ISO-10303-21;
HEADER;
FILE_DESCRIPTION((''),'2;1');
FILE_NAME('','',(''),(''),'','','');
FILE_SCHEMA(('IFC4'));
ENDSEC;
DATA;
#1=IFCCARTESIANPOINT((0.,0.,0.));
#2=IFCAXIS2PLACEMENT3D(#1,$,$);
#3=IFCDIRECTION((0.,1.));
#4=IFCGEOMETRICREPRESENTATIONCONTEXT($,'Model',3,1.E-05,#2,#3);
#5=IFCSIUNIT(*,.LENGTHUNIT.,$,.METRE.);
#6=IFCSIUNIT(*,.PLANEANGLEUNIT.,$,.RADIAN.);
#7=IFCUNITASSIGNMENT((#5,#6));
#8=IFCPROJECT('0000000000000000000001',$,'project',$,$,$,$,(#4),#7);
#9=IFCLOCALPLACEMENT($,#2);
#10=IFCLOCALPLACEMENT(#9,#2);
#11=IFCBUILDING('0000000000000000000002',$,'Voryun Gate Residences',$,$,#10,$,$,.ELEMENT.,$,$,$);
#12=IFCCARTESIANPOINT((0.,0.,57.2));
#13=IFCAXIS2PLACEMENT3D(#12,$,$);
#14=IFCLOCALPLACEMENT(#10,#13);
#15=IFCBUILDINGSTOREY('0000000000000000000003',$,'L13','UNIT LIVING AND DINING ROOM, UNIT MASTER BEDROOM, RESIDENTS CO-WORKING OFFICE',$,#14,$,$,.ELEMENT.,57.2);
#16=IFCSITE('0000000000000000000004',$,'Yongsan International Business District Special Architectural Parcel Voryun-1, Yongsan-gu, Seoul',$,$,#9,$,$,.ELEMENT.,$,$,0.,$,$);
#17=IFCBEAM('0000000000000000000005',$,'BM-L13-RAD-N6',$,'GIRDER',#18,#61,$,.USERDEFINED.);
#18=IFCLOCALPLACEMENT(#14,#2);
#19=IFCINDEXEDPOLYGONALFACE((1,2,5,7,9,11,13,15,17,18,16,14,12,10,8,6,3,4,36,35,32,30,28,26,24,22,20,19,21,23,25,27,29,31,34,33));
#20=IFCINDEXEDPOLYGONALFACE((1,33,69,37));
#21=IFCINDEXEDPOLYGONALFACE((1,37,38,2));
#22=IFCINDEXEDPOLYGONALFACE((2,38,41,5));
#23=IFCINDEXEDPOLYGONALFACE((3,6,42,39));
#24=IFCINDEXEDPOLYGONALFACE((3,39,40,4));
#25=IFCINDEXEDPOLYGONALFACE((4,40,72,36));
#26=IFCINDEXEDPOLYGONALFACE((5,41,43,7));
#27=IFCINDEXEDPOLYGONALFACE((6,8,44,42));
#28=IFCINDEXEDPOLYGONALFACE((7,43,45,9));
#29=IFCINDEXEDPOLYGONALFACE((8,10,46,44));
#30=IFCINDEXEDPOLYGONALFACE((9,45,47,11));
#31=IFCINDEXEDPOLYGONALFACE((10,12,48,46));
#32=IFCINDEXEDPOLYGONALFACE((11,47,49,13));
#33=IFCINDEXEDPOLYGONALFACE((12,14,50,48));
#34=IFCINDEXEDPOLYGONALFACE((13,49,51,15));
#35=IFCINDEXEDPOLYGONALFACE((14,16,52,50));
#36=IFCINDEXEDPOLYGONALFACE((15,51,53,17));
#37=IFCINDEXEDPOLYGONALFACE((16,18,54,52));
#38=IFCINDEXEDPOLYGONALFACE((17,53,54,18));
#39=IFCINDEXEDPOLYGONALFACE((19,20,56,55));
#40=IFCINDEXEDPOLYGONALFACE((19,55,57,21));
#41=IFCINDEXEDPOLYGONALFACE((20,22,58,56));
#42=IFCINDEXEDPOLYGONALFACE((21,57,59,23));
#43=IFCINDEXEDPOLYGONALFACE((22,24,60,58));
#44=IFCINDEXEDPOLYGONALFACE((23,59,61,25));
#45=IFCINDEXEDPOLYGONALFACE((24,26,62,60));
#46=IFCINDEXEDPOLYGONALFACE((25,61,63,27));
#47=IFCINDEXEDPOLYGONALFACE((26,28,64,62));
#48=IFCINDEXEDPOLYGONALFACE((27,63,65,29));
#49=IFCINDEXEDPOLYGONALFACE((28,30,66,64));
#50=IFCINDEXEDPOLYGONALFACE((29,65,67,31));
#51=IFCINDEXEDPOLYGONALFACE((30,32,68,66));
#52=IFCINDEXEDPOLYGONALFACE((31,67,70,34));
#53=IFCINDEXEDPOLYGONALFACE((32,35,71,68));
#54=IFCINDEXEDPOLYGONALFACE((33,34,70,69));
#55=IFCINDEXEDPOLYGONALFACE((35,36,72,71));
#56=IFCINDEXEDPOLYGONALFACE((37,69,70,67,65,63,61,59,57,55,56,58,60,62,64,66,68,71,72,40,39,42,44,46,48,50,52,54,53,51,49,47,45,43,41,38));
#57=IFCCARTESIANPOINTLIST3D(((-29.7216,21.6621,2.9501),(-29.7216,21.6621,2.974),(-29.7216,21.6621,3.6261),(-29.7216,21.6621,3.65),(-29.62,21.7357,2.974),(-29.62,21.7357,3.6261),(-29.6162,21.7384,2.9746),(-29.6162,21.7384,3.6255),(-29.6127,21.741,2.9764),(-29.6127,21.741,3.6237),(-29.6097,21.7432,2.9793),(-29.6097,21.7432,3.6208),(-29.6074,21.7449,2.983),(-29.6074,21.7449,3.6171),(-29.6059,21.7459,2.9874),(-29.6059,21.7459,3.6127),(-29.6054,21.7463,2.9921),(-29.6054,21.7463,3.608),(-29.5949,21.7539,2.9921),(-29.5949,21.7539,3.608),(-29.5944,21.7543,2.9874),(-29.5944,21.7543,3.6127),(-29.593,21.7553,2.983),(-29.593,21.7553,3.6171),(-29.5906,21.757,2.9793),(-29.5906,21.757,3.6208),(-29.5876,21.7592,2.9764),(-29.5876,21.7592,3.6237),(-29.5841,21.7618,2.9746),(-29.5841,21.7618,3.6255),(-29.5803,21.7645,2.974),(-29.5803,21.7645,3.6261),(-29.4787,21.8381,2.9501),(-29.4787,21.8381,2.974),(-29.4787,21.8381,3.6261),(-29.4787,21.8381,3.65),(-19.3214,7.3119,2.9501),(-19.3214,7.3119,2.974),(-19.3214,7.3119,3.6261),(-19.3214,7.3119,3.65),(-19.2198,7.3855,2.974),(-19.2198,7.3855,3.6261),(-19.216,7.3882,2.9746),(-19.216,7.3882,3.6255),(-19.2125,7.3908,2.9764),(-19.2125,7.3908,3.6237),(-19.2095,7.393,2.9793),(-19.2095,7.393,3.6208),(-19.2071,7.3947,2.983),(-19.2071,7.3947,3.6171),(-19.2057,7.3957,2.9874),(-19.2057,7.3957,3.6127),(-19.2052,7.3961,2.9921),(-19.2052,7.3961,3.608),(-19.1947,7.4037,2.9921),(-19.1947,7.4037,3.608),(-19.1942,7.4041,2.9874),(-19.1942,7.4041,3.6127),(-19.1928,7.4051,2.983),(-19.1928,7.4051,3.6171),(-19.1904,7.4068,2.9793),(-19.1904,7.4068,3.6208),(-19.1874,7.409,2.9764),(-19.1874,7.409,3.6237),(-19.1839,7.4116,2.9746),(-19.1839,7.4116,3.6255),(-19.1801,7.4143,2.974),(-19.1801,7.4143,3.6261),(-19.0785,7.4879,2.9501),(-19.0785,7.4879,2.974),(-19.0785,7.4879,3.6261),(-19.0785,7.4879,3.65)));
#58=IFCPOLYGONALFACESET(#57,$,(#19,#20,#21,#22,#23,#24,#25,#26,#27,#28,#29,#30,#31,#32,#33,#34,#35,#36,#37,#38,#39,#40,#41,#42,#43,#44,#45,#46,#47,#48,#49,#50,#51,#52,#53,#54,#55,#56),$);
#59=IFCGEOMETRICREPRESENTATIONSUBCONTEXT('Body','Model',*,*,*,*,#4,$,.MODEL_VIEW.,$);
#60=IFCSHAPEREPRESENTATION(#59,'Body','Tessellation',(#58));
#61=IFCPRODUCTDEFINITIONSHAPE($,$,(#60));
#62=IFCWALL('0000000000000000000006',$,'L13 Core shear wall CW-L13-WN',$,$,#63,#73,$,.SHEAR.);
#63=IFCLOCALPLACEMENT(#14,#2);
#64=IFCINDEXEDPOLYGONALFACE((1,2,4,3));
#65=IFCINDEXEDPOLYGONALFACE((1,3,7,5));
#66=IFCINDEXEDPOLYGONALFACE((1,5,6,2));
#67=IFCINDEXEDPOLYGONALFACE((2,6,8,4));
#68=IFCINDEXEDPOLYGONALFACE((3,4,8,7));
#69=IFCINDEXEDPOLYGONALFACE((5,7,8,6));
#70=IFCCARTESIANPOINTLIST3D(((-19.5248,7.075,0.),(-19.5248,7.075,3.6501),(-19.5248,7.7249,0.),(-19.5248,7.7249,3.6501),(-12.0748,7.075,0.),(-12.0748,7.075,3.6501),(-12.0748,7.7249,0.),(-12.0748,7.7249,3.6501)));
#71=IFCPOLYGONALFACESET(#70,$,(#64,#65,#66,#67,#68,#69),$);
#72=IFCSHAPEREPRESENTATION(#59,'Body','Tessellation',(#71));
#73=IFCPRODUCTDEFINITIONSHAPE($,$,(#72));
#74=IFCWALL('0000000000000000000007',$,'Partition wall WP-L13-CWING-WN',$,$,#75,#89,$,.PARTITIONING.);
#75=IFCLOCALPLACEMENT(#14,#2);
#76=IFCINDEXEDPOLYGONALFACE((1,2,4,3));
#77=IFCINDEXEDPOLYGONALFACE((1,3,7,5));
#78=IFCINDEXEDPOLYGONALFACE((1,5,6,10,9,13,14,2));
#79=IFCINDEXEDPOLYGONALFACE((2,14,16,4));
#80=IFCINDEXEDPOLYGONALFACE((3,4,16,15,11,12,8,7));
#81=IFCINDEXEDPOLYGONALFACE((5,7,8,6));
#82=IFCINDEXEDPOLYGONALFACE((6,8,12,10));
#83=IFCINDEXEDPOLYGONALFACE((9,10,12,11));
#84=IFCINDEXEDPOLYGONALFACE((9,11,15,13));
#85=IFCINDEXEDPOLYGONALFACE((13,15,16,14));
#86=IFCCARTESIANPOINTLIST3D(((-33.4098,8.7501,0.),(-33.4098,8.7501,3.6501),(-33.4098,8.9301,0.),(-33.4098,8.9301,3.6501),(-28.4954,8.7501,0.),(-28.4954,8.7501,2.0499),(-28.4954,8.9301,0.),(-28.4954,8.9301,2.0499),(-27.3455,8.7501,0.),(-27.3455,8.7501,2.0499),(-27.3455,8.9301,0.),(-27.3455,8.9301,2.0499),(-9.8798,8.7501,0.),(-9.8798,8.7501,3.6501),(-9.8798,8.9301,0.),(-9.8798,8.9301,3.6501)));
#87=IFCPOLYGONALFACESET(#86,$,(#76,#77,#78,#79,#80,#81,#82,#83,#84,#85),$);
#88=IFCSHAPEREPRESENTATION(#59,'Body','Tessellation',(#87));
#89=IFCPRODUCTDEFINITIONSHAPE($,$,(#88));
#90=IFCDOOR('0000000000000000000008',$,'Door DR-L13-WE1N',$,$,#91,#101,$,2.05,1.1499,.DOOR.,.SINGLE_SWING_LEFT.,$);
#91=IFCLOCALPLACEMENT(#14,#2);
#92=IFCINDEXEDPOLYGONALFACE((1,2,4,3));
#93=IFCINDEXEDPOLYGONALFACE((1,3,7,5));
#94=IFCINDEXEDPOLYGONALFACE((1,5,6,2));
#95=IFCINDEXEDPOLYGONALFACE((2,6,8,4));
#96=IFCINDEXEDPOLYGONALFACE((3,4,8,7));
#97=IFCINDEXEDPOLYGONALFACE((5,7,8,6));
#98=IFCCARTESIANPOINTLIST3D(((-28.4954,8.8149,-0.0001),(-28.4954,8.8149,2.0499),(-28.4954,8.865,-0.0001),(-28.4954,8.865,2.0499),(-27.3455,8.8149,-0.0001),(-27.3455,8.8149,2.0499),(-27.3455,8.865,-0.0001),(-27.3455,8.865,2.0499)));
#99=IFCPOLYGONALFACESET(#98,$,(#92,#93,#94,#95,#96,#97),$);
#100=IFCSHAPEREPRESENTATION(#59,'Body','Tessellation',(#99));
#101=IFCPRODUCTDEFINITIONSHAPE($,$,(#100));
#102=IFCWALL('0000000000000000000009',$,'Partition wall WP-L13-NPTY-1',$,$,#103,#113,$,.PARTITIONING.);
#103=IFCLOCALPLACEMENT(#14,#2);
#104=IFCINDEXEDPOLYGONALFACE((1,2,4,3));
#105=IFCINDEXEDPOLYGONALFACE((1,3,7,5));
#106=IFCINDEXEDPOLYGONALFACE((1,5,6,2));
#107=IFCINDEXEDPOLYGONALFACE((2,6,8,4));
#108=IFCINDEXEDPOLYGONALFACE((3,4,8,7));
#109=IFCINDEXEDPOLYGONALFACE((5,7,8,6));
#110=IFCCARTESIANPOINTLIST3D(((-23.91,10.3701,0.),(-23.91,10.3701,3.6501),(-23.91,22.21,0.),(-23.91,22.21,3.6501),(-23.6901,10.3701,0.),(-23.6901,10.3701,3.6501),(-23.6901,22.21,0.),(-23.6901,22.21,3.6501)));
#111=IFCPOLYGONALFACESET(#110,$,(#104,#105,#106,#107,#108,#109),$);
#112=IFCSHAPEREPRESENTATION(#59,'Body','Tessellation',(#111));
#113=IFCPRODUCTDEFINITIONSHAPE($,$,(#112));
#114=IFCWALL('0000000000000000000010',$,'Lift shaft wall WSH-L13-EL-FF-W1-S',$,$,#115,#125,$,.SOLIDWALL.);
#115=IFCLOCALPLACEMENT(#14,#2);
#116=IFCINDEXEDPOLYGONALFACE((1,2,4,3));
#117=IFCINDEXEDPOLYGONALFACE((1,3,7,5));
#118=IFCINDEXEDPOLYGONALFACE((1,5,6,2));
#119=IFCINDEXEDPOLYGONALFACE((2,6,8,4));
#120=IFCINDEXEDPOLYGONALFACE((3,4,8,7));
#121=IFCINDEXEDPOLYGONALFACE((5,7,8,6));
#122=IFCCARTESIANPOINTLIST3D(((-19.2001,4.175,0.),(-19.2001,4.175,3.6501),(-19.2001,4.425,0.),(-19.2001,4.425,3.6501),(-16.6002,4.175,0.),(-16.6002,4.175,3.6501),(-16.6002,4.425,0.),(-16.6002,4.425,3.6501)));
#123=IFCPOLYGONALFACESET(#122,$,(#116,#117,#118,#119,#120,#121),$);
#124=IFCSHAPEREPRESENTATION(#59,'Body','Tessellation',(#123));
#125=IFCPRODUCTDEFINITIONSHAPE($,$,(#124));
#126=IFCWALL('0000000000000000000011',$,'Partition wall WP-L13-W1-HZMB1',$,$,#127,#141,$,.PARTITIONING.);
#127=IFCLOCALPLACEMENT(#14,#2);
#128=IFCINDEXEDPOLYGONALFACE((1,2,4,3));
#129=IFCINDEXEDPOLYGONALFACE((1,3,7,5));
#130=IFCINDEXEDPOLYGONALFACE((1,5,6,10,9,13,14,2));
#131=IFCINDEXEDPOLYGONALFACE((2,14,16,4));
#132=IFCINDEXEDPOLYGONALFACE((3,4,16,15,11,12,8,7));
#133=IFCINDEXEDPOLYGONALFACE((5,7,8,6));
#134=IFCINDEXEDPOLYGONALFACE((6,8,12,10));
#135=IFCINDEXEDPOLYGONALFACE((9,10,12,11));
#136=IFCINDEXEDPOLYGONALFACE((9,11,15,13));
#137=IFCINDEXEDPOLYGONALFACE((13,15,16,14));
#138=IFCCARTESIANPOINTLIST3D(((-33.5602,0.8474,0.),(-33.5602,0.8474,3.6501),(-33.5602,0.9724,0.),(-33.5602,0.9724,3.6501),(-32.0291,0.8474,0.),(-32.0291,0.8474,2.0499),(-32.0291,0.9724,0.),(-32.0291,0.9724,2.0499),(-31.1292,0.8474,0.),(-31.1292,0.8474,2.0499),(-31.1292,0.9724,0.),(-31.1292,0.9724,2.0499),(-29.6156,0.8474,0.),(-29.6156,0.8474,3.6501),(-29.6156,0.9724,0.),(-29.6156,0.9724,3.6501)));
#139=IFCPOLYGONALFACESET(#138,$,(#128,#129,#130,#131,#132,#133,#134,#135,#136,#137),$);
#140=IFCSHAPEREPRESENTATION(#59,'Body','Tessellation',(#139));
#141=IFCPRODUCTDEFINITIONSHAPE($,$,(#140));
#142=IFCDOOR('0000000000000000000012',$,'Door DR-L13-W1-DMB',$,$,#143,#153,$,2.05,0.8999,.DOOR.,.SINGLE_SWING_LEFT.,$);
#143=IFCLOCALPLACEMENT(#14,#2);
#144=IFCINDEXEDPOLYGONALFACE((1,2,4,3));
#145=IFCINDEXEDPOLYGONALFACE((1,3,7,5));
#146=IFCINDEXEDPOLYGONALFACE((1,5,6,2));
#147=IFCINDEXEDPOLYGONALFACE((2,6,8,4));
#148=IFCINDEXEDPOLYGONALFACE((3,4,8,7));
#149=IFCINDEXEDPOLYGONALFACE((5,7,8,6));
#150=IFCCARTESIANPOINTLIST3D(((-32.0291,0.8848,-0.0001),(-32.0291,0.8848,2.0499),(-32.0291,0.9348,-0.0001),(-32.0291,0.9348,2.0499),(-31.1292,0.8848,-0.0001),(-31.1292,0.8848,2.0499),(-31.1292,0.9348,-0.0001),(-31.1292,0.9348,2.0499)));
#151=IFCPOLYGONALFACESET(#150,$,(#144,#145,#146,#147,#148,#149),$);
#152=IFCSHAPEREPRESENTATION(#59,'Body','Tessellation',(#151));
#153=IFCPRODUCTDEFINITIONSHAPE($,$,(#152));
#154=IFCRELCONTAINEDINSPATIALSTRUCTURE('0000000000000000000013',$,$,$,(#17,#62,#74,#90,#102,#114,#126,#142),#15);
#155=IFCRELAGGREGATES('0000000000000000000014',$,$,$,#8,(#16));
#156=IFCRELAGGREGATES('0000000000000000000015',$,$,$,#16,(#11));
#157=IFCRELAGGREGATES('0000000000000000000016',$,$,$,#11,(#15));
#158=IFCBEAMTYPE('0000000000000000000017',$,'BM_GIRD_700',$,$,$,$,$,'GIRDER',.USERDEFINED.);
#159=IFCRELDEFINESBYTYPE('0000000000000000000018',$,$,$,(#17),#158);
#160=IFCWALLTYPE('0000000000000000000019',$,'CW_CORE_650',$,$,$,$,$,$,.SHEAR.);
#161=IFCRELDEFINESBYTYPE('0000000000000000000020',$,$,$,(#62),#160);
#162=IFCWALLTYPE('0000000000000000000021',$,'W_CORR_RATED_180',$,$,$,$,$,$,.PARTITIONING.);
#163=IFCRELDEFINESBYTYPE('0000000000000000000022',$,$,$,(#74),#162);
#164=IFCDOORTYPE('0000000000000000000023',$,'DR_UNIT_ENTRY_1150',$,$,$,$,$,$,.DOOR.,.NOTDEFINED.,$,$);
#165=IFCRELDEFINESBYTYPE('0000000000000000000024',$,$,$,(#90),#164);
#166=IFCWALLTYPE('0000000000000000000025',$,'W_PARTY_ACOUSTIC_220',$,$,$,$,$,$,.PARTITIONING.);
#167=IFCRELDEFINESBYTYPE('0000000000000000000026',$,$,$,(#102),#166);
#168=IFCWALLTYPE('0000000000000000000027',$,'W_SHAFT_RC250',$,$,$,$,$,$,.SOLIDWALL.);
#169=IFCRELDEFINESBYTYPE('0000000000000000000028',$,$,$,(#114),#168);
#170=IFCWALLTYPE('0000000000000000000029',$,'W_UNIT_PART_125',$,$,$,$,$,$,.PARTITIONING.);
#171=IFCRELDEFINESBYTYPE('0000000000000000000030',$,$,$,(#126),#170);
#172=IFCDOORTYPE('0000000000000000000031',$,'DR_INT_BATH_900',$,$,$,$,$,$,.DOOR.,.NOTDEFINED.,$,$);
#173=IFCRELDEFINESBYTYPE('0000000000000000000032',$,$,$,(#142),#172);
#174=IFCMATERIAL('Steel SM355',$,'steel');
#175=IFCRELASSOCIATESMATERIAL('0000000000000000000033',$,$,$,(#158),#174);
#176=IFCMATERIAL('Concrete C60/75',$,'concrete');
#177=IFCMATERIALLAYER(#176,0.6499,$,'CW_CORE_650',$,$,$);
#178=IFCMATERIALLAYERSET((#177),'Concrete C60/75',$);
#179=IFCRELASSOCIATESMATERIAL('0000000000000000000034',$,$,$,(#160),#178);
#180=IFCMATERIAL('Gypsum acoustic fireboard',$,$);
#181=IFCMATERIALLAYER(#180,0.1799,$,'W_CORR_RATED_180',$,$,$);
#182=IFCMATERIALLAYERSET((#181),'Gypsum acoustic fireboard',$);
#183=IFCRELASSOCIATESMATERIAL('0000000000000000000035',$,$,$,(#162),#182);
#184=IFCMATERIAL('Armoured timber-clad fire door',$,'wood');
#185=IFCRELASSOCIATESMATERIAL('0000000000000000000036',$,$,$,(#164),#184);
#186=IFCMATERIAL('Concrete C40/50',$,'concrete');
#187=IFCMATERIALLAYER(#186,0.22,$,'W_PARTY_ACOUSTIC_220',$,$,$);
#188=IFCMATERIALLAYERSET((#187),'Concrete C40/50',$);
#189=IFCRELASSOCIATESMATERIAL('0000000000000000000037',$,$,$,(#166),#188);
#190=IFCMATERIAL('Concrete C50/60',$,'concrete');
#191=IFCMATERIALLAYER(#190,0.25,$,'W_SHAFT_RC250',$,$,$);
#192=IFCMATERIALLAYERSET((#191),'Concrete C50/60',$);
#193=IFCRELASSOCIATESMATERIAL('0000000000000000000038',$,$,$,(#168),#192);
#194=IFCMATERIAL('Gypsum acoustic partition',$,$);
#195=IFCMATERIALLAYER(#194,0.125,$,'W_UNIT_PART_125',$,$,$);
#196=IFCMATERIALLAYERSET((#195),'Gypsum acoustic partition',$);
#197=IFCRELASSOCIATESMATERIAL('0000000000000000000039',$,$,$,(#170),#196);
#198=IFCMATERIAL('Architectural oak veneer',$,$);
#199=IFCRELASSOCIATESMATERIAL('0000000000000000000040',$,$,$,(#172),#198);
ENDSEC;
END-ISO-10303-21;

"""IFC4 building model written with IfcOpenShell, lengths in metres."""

from ifc_helpers import new_model, si_unit, direction, frame, frame_2d, origin, origin_2d, place, context, subcontext, project, spatial, rectangle, i_section, extrude, material, layer, layer_set, material_profile, profile_set, type_object, element, fill, save


model = new_model("IFC4")

# Units and contexts
model_context = context("Model", 3, precision=1e-05, world=origin(), true_north=direction((0.0, 1.0)))
body_context = subcontext(model_context, "Body", "Model", "MODEL_VIEW")
ifc_project = project(units=[si_unit("LENGTHUNIT", "METRE"), si_unit("PLANEANGLEUNIT", "RADIAN")], contexts=[model_context])

# Site, building, storey
site_placement = place(None, origin())
site = spatial("IfcSite", under=ifc_project, at=site_placement, Name="Yongsan International Business District Special Architectural Parcel Voryun-1, Yongsan-gu, Seoul", CompositionType="ELEMENT", RefElevation=0.0)
building_placement = place(site_placement, origin())
building = spatial("IfcBuilding", under=site, at=building_placement, Name="Voryun Gate Residences", CompositionType="ELEMENT")
storey_placement = place(building_placement, frame((0.0, 0.0, 57.2)))
storey = spatial("IfcBuildingStorey", under=building, at=storey_placement, Name="L13", Description="UNIT LIVING AND DINING ROOM, UNIT MASTER BEDROOM, RESIDENTS CO-WORKING OFFICE", CompositionType="ELEMENT", Elevation=57.2)

# Beam
ifc_material_1 = material(Name="Steel SM355", Category="steel")
ifc_material_profile_1 = material_profile(ifc_material_1, i_section(OverallWidth=0.3, OverallDepth=0.7, WebThickness=0.0129, FlangeThickness=0.0239, FilletRadius=0.0181, at=origin_2d()), Name="H-700x300x13x24")
ifc_profile_set_1 = profile_set([ifc_material_profile_1], Name="Steel SM355")
beam_type_1 = type_object("IfcBeamType", Name="BM_GIRD_700", ElementType="GIRDER", PredefinedType="USERDEFINED", material=ifc_profile_set_1)
beam_1_placement = place(storey_placement, frame((-19.2, 7.3999, 3.3), z_axis=(-0.586832, 0.809709, 0.0), x_axis=(-0.809709, -0.586832, 0.0)))
element("IfcBeam", 1, at=beam_1_placement, inside=storey, type_object=beam_type_1, Name="BM-L13-RAD-N6", ObjectType="GIRDER", PredefinedType="USERDEFINED", context=body_context, shape_type="SweptSolid", body=[
    extrude(i_section(OverallWidth=0.3, OverallDepth=0.7, WebThickness=0.0129, FlangeThickness=0.0239, FilletRadius=0.0181, at=origin_2d()), origin(), (0.0, 0.0, 1.0), 17.7227),
])

# Wall
ifc_material_2 = material(Name="Concrete C60/75", Category="concrete")
ifc_layer_1 = layer(ifc_material_2, 0.6499, Name="CW_CORE_650")
ifc_layer_set_1 = layer_set([ifc_layer_1], Name="Concrete C60/75")
wall_type_1 = type_object("IfcWallType", Name="CW_CORE_650", PredefinedType="SHEAR", material=ifc_layer_set_1)
wall_1_placement = place(storey_placement, frame((-19.5249, 7.3999, 0.0), z_axis=(0.0, 0.0, 1.0), x_axis=(1.0, 0.0, 0.0)))
element("IfcWall", 2, at=wall_1_placement, inside=storey, type_object=wall_type_1, Name="L13 Core shear wall CW-L13-WN", PredefinedType="SHEAR", context=body_context, shape_type="SweptSolid", body=[
    extrude(rectangle(XDim=7.45, YDim=0.6499, at=frame_2d((3.7251, 0.0))), origin(), (0.0, 0.0, 1.0), 3.6501),
])

# Wall, opening, door
ifc_material_3 = material(Name="Gypsum acoustic fireboard")
ifc_layer_2 = layer(ifc_material_3, 0.1799, Name="W_CORR_RATED_180")
ifc_layer_set_2 = layer_set([ifc_layer_2], Name="Gypsum acoustic fireboard")
wall_type_2 = type_object("IfcWallType", Name="W_CORR_RATED_180", PredefinedType="PARTITIONING", material=ifc_layer_set_2)
wall_2_placement = place(storey_placement, frame((-33.4099, 8.8401, 0.0), z_axis=(0.0, 0.0, 1.0), x_axis=(1.0, 0.0, 0.0)))
wall_2 = element("IfcWall", 3, at=wall_2_placement, inside=storey, type_object=wall_type_2, Name="Partition wall WP-L13-CWING-WN", PredefinedType="PARTITIONING", context=body_context, shape_type="SweptSolid", body=[
    extrude(rectangle(XDim=23.53, YDim=0.1799, at=frame_2d((11.7651, 0.0))), origin(), (0.0, 0.0, 1.0), 3.6501),
])
opening_1_placement = place(wall_2_placement, frame((4.9146, 0.0, 0.0)))
opening_1 = element("IfcOpeningElement", 4, at=opening_1_placement, cuts=wall_2, PredefinedType="OPENING", context=body_context, shape_type="SweptSolid", body=[
    extrude(rectangle(XDim=1.1499, YDim=2.05, at=frame_2d((0.575, 1.0249))), frame((0.0, 0.0999, 0.0), z_axis=(0.0, -1.0, 0.0), x_axis=(1.0, 0.0, 0.0)), (0.0, 0.0, 1.0), 0.2),
])
ifc_material_4 = material(Name="Armoured timber-clad fire door", Category="wood")
door_type_1 = type_object("IfcDoorType", Name="DR_UNIT_ENTRY_1150", OperationType="NOTDEFINED", PredefinedType="DOOR", material=ifc_material_4)
door_1_placement = place(opening_1_placement, origin())
door_1 = element("IfcDoor", 5, at=door_1_placement, inside=storey, type_object=door_type_1, Name="Door DR-L13-WE1N", OperationType="SINGLE_SWING_LEFT", OverallHeight=2.05, OverallWidth=1.1499, PredefinedType="DOOR", context=body_context, shape_type="SweptSolid", body=[
    extrude(rectangle(XDim=1.1499, YDim=2.05, at=frame_2d((0.575, 1.0249))), frame((0.0, 0.0249, 0.0), z_axis=(0.0, -1.0, 0.0), x_axis=(1.0, 0.0, 0.0)), (0.0, 0.0, 1.0), 0.05),
])
fill(opening_1, door_1)

# Walls
ifc_material_5 = material(Name="Concrete C40/50", Category="concrete")
ifc_layer_3 = layer(ifc_material_5, 0.22, Name="W_PARTY_ACOUSTIC_220")
ifc_layer_set_3 = layer_set([ifc_layer_3], Name="Concrete C40/50")
wall_type_3 = type_object("IfcWallType", Name="W_PARTY_ACOUSTIC_220", PredefinedType="PARTITIONING", material=ifc_layer_set_3)
wall_3_placement = place(storey_placement, frame((-23.8, 10.3701, 0.0), z_axis=(0.0, 0.0, 1.0), x_axis=(0.0, 1.0, 0.0)))
element("IfcWall", 6, at=wall_3_placement, inside=storey, type_object=wall_type_3, Name="Partition wall WP-L13-NPTY-1", PredefinedType="PARTITIONING", context=body_context, shape_type="SweptSolid", body=[
    extrude(rectangle(XDim=11.8398, YDim=0.22, at=frame_2d((5.9199, 0.0))), origin(), (0.0, 0.0, 1.0), 3.6501),
])
ifc_material_6 = material(Name="Concrete C50/60", Category="concrete")
ifc_layer_4 = layer(ifc_material_6, 0.25, Name="W_SHAFT_RC250")
ifc_layer_set_4 = layer_set([ifc_layer_4], Name="Concrete C50/60")
wall_type_4 = type_object("IfcWallType", Name="W_SHAFT_RC250", PredefinedType="SOLIDWALL", material=ifc_layer_set_4)
wall_4_placement = place(storey_placement, frame((-19.2, 4.3, 0.0), z_axis=(0.0, 0.0, 1.0), x_axis=(1.0, 0.0, 0.0)))
element("IfcWall", 7, at=wall_4_placement, inside=storey, type_object=wall_type_4, Name="Lift shaft wall WSH-L13-EL-FF-W1-S", PredefinedType="SOLIDWALL", context=body_context, shape_type="SweptSolid", body=[
    extrude(rectangle(XDim=2.5999, YDim=0.25, at=frame_2d((1.2998, 0.0))), origin(), (0.0, 0.0, 1.0), 3.6501),
])

# Wall, opening, door
ifc_material_7 = material(Name="Gypsum acoustic partition")
ifc_layer_5 = layer(ifc_material_7, 0.125, Name="W_UNIT_PART_125")
ifc_layer_set_5 = layer_set([ifc_layer_5], Name="Gypsum acoustic partition")
wall_type_5 = type_object("IfcWallType", Name="W_UNIT_PART_125", PredefinedType="PARTITIONING", material=ifc_layer_set_5)
wall_5_placement = place(storey_placement, frame((-33.5601, 0.9099, 0.0), z_axis=(0.0, 0.0, 1.0), x_axis=(1.0, 0.0, 0.0)))
wall_5 = element("IfcWall", 8, at=wall_5_placement, inside=storey, type_object=wall_type_5, Name="Partition wall WP-L13-W1-HZMB1", PredefinedType="PARTITIONING", context=body_context, shape_type="SweptSolid", body=[
    extrude(rectangle(XDim=3.9446, YDim=0.125, at=frame_2d((1.9722, 0.0))), origin(), (0.0, 0.0, 1.0), 3.6501),
])
opening_2_placement = place(wall_5_placement, frame((1.531, 0.0, 0.0)))
opening_2 = element("IfcOpeningElement", 9, at=opening_2_placement, cuts=wall_5, PredefinedType="OPENING", context=body_context, shape_type="SweptSolid", body=[
    extrude(rectangle(XDim=0.8999, YDim=2.05, at=frame_2d((0.45, 1.0249))), frame((0.0, 0.0725, 0.0), z_axis=(0.0, -1.0, 0.0), x_axis=(1.0, 0.0, 0.0)), (0.0, 0.0, 1.0), 0.145),
])
ifc_material_8 = material(Name="Architectural oak veneer")
door_type_2 = type_object("IfcDoorType", Name="DR_INT_BATH_900", OperationType="NOTDEFINED", PredefinedType="DOOR", material=ifc_material_8)
door_2_placement = place(opening_2_placement, origin())
door_2 = element("IfcDoor", 10, at=door_2_placement, inside=storey, type_object=door_type_2, Name="Door DR-L13-W1-DMB", OperationType="SINGLE_SWING_LEFT", OverallHeight=2.05, OverallWidth=0.8999, PredefinedType="DOOR", context=body_context, shape_type="SweptSolid", body=[
    extrude(rectangle(XDim=0.8999, YDim=2.05, at=frame_2d((0.45, 1.0249))), frame((0.0, 0.0249, 0.0), z_axis=(0.0, -1.0, 0.0), x_axis=(1.0, 0.0, 0.0)), (0.0, 0.0, 1.0), 0.05),
])
fill(opening_2, door_2)

save(model, "model.ifc")
